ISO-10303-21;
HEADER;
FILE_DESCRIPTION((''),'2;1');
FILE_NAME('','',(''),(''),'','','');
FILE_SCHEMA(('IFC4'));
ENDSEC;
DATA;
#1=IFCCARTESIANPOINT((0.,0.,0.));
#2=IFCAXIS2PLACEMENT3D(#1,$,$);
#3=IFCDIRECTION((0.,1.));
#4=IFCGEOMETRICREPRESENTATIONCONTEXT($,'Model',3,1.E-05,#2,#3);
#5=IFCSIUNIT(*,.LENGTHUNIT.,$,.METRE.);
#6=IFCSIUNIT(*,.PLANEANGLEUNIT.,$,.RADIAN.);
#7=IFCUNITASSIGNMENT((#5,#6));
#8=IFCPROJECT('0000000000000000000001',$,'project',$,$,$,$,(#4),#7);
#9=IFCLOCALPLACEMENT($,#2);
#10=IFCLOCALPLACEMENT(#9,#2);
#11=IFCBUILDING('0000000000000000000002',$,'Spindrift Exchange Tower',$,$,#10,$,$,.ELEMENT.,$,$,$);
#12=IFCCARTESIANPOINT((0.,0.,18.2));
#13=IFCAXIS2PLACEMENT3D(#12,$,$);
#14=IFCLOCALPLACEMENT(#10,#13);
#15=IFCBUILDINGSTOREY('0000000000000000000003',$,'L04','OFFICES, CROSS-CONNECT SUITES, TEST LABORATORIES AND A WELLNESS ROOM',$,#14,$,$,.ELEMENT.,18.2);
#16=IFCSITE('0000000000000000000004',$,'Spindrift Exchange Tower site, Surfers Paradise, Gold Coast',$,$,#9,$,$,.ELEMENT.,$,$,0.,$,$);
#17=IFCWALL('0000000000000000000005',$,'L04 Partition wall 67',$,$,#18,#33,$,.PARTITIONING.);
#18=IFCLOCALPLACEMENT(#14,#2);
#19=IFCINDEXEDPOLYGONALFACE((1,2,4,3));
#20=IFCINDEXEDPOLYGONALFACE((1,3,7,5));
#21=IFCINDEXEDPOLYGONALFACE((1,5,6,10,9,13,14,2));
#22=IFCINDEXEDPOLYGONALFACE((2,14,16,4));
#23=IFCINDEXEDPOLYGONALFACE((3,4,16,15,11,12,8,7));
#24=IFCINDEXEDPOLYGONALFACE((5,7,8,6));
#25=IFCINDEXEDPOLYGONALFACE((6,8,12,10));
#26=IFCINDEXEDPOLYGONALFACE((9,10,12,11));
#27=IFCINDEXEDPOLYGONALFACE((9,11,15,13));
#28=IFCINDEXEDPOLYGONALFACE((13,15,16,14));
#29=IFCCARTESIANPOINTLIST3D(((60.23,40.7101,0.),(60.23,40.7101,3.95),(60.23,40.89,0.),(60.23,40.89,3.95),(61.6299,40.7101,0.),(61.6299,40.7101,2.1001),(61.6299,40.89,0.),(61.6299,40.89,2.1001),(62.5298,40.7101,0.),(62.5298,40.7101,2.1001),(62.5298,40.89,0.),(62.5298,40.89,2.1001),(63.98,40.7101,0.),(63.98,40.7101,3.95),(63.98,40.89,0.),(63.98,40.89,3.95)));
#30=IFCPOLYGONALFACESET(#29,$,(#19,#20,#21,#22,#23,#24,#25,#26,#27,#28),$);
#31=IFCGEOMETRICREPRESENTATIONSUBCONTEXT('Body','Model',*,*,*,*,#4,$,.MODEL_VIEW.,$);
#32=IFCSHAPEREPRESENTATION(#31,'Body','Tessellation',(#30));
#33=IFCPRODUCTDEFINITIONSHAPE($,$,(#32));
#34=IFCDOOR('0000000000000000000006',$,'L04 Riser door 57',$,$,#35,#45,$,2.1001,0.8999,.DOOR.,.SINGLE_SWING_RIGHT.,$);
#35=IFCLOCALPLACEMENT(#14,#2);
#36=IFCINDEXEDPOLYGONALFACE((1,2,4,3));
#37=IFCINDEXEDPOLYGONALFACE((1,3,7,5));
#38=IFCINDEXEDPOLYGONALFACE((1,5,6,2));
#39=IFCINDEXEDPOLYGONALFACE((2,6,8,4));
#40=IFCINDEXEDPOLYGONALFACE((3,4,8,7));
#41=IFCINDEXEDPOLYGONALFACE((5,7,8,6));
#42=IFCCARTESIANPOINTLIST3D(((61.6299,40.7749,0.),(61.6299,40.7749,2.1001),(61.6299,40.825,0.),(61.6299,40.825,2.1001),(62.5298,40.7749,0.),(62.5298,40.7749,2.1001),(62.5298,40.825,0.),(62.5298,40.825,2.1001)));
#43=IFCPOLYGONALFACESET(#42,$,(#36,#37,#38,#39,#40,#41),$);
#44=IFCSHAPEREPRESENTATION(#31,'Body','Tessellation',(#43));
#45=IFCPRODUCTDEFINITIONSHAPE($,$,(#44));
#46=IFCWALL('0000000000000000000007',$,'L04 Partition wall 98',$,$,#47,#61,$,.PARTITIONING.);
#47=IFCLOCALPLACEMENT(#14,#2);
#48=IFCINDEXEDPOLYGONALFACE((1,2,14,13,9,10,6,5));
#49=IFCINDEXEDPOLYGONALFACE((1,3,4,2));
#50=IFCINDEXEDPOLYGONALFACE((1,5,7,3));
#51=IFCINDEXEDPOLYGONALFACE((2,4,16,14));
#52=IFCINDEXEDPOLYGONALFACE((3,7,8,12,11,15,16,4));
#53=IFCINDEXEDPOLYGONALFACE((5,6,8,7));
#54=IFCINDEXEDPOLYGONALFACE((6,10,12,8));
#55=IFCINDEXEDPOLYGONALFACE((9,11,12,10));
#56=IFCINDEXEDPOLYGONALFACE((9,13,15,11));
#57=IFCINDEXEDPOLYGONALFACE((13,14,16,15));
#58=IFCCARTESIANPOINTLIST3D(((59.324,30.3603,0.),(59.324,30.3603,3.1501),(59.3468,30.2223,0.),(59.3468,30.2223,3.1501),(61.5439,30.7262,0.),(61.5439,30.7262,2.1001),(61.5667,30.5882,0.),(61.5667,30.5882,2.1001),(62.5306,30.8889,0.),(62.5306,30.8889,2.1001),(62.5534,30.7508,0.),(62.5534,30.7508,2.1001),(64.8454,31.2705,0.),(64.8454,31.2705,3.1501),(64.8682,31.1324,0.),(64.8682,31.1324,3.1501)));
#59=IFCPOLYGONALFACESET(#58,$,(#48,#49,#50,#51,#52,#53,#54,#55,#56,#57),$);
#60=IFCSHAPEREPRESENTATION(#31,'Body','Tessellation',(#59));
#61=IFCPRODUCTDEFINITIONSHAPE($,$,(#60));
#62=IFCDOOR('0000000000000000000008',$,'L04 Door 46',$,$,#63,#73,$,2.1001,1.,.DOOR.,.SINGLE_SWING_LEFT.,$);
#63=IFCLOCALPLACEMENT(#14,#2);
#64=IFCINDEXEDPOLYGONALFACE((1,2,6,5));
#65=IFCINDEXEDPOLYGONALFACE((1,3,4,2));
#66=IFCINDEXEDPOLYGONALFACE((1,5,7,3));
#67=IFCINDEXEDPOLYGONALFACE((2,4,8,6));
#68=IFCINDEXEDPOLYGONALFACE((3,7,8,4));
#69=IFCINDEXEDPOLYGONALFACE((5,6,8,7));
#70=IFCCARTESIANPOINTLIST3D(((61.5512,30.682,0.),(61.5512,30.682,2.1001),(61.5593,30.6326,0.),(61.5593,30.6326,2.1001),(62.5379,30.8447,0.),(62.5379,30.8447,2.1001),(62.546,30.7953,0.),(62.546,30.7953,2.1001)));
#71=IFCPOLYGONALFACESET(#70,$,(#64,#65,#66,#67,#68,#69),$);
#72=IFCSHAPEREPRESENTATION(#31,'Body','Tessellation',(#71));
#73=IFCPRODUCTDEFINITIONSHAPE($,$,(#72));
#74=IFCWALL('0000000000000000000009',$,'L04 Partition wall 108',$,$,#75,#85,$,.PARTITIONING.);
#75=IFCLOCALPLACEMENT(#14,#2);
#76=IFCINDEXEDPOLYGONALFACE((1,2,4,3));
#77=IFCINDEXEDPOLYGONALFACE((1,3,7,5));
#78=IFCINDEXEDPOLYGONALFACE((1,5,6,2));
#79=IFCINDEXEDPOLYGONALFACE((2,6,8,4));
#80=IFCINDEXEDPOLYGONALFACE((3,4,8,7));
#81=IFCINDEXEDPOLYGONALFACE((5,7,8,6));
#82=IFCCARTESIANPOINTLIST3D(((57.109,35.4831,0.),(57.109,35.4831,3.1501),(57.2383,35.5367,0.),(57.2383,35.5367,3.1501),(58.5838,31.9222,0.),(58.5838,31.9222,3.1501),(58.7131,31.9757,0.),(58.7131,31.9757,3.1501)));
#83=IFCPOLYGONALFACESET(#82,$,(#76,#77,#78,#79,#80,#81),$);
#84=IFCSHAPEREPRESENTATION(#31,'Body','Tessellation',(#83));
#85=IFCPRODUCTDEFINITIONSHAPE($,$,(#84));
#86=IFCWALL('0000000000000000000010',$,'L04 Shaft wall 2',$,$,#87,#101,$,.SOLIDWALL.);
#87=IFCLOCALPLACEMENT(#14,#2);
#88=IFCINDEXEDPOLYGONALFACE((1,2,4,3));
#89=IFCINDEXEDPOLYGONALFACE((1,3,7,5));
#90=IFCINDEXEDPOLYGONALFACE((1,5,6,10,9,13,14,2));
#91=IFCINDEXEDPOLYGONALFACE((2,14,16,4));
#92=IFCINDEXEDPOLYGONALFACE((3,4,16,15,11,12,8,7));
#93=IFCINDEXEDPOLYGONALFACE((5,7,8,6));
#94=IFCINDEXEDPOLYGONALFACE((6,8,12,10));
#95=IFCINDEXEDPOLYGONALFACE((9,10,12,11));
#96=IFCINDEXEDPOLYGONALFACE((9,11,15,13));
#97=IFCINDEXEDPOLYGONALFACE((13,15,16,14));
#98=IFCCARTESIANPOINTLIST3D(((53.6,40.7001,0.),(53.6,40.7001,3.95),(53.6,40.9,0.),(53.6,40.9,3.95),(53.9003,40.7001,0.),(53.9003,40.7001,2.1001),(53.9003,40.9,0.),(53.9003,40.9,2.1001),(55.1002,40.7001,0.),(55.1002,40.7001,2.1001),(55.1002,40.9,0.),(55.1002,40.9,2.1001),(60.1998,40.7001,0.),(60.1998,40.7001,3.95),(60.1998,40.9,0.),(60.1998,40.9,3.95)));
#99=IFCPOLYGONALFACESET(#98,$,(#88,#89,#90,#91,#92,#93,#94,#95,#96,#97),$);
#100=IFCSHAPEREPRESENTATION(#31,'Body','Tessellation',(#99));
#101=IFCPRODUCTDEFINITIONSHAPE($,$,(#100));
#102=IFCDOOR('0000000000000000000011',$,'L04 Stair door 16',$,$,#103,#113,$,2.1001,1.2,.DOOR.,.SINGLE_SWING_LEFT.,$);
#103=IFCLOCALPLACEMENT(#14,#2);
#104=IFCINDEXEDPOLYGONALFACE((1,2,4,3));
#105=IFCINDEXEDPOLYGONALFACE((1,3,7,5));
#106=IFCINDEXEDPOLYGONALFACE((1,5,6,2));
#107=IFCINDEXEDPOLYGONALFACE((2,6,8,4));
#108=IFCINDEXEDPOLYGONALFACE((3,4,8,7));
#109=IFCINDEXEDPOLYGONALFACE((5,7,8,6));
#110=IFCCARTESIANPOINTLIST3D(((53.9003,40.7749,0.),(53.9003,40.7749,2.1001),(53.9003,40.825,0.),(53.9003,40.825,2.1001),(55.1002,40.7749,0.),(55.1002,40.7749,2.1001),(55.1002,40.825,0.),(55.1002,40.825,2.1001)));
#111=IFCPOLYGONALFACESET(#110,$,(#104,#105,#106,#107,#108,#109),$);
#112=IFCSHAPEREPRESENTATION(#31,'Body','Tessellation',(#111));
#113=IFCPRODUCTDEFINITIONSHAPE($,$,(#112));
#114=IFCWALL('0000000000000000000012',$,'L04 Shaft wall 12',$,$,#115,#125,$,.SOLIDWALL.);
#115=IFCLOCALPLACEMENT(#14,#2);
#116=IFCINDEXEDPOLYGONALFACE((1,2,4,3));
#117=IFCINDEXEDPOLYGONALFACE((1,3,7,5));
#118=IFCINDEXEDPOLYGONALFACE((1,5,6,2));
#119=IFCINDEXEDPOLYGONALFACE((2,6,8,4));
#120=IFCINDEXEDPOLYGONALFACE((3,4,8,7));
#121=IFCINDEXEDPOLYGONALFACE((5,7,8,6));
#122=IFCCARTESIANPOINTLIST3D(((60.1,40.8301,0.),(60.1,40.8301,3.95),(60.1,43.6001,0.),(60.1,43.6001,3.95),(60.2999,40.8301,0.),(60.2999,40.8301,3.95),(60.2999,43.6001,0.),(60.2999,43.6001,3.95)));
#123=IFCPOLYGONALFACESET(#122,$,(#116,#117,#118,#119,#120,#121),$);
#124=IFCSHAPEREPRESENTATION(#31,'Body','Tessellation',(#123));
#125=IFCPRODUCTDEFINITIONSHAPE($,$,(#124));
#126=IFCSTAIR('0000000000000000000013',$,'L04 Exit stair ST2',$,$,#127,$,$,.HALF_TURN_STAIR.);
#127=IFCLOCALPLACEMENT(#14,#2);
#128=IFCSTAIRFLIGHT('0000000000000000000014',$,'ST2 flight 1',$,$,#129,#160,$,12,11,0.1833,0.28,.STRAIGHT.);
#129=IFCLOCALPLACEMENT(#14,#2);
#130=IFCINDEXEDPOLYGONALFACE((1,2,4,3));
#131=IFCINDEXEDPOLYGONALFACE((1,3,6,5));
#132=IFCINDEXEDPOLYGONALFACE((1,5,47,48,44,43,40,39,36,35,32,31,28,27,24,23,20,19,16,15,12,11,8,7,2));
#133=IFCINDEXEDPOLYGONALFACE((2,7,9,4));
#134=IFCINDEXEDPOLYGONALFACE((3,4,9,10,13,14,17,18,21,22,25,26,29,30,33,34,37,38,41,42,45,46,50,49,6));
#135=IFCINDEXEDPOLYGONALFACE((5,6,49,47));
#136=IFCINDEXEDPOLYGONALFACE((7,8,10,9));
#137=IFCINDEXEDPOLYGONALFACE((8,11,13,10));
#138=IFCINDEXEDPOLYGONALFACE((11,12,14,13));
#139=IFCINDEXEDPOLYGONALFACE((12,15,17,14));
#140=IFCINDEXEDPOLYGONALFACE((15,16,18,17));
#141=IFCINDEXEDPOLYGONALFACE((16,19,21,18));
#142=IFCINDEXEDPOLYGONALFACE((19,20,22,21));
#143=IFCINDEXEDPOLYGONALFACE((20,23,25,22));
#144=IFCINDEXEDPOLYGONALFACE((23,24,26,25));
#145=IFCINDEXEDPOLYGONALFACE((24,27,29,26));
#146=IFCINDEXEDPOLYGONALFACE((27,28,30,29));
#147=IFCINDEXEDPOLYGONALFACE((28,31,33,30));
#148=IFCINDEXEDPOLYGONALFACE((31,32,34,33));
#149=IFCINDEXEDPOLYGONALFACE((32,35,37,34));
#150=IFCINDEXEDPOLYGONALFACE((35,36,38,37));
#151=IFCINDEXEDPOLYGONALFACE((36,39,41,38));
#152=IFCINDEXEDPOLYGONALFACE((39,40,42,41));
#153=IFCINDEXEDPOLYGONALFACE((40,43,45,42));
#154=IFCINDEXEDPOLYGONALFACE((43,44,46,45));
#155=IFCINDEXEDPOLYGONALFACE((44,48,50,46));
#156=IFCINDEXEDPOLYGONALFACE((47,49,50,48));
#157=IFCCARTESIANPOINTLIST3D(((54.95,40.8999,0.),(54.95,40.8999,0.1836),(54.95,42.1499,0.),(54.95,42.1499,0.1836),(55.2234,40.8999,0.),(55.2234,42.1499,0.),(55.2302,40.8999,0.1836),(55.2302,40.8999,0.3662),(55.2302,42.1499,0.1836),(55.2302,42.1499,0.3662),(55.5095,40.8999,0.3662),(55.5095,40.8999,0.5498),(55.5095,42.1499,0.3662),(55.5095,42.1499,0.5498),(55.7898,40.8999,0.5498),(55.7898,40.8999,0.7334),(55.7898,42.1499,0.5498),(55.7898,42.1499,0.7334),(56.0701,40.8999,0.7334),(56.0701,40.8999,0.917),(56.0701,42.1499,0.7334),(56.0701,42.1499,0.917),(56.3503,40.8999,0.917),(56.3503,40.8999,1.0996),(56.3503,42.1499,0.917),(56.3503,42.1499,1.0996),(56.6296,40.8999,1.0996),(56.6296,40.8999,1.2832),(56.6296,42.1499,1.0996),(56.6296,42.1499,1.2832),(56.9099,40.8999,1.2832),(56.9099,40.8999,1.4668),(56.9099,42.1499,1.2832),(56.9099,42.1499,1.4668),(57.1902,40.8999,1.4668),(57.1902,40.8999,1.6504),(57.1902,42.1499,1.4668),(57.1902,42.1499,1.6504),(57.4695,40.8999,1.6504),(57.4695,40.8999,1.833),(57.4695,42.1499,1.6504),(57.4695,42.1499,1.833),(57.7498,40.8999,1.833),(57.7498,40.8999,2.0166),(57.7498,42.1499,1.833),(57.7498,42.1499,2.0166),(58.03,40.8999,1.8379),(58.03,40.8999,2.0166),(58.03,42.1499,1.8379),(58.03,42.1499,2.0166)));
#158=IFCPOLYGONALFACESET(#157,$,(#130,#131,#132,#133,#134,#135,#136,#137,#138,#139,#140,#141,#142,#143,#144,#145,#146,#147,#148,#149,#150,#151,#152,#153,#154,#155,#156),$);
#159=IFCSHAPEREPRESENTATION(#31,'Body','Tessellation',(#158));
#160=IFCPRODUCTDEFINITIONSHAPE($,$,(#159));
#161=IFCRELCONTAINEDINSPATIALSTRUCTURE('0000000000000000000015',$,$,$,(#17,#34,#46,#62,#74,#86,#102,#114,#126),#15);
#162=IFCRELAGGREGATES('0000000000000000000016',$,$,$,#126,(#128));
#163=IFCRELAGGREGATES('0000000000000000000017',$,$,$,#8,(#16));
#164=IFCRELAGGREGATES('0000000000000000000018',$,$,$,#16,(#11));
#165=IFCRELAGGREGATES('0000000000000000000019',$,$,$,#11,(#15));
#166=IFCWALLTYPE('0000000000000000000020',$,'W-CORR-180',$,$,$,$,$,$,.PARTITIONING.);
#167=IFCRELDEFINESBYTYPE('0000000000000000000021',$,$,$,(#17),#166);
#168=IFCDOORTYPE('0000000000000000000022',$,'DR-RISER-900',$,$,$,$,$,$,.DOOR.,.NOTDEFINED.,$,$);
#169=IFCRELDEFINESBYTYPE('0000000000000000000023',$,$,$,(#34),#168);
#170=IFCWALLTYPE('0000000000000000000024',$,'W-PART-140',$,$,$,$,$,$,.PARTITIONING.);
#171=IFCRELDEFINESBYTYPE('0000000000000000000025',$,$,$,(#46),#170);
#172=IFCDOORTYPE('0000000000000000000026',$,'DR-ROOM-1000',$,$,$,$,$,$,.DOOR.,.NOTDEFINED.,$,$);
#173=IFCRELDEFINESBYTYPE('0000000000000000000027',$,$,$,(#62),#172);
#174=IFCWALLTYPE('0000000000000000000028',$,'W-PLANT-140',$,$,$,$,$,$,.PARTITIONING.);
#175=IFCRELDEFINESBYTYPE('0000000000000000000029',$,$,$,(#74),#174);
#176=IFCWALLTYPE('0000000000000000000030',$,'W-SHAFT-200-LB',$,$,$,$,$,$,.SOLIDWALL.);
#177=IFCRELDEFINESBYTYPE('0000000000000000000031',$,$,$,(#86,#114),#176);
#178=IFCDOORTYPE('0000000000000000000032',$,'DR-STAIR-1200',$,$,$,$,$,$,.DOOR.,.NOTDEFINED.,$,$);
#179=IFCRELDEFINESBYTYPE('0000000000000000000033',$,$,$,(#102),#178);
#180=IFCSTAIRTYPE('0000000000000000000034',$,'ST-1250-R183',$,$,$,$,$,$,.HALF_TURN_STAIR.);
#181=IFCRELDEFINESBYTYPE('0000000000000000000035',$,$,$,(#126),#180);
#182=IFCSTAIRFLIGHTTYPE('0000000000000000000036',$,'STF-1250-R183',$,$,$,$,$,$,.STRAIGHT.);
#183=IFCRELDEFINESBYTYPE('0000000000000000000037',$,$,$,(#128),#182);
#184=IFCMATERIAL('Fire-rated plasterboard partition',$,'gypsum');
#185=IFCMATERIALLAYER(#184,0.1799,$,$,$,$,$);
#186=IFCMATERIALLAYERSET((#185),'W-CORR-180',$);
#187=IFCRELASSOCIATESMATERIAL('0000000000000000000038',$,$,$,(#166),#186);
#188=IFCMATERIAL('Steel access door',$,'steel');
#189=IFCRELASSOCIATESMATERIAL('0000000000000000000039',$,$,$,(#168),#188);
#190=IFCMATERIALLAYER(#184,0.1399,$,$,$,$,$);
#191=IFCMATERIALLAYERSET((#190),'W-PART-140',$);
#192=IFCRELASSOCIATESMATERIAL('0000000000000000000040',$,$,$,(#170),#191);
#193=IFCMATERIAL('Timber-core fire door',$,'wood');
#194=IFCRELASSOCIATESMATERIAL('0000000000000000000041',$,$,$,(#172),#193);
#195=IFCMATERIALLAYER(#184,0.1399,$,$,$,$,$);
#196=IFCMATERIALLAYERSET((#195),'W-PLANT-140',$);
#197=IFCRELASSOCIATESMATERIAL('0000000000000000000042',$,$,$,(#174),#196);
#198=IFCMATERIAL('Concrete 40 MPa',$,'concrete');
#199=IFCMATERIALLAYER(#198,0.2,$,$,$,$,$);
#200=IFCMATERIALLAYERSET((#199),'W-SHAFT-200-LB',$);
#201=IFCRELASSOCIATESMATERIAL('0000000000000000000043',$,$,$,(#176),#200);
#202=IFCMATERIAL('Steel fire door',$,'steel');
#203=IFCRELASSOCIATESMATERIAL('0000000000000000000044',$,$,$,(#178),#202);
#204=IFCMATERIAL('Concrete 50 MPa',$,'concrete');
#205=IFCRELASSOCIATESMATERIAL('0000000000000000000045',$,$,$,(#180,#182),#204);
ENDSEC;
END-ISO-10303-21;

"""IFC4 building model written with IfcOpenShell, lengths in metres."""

from ifc_helpers import new_model, si_unit, direction, frame, frame_2d, origin, place, context, subcontext, project, spatial, line, indexed_curve, rectangle, outline, extrude, source, transform, mapped, material, layer, layer_set, type_object, element, fill, aggregate, save


model = new_model("IFC4")

# Units and contexts
model_context = context("Model", 3, precision=1e-05, world=origin(), true_north=direction((0.0, 1.0)))
body_context = subcontext(model_context, "Body", "Model", "MODEL_VIEW")
ifc_project = project(units=[si_unit("LENGTHUNIT", "METRE"), si_unit("PLANEANGLEUNIT", "RADIAN")], contexts=[model_context])

# Site, building, storey
site_placement = place(None, origin())
site = spatial("IfcSite", under=ifc_project, at=site_placement, Name="Spindrift Exchange Tower site, Surfers Paradise, Gold Coast", CompositionType="ELEMENT", RefElevation=0.0)
building_placement = place(site_placement, origin())
building = spatial("IfcBuilding", under=site, at=building_placement, Name="Spindrift Exchange Tower", CompositionType="ELEMENT")
storey_placement = place(building_placement, frame((0.0, 0.0, 18.2)))
storey = spatial("IfcBuildingStorey", under=building, at=storey_placement, Name="L04", Description="OFFICES, CROSS-CONNECT SUITES, TEST LABORATORIES AND A WELLNESS ROOM", CompositionType="ELEMENT", Elevation=18.2)

# Walls, openings, doors
ifc_material_1 = material(Name="Timber-core fire door", Category="wood")
ifc_material_2 = material(Name="Fire-rated plasterboard partition", Category="gypsum")
ifc_layer_1 = layer(ifc_material_2, 0.1799)
ifc_layer_set_1 = layer_set([ifc_layer_1], Name="W-CORR-180")
wall_type_1 = type_object("IfcWallType", Name="W-CORR-180", PredefinedType="PARTITIONING", material=ifc_layer_set_1)
wall_1_placement = place(storey_placement, frame((60.23, 40.8, 0.0), z_axis=(0.0, 0.0, 1.0), x_axis=(1.0, 0.0, 0.0)))
wall_1 = element("IfcWall", 1, at=wall_1_placement, inside=storey, type_object=wall_type_1, Name="L04 Partition wall 67", PredefinedType="PARTITIONING", context=body_context, shape_type="SweptSolid", body=[
    extrude(rectangle(XDim=3.75, YDim=0.1799, at=frame_2d((1.875, 0.0))), origin(), (0.0, 0.0, 1.0), 3.95),
])
opening_1_placement = place(wall_1_placement, frame((1.3999, 0.0, 0.0)))
opening_1 = element("IfcOpeningElement", 2, at=opening_1_placement, cuts=wall_1, PredefinedType="OPENING", context=body_context, shape_type="SweptSolid", body=[
    extrude(rectangle(XDim=0.8999, YDim=2.1001, at=frame_2d((0.45, 1.05))), frame((0.0, 0.0999, 0.0), z_axis=(0.0, -1.0, 0.0), x_axis=(1.0, 0.0, 0.0)), (0.0, 0.0, 1.0), 0.2),
])
ifc_material_3 = material(Name="Steel access door", Category="steel")
door_type_1 = type_object("IfcDoorType", Name="DR-RISER-900", OperationType="NOTDEFINED", PredefinedType="DOOR", material=ifc_material_3)
shared_shape_1 = source(origin(), body_context, "Body", "SweptSolid", [
    extrude(rectangle(XDim=0.8999, YDim=2.1001, at=frame_2d((0.45, 1.05))), frame((0.0, 0.0249, 0.0), z_axis=(0.0, -1.0, 0.0), x_axis=(1.0, 0.0, 0.0)), (0.0, 0.0, 1.0), 0.05),
])
door_1_placement = place(opening_1_placement, origin())
door_1 = element("IfcDoor", 3, at=door_1_placement, inside=storey, type_object=door_type_1, Name="L04 Riser door 57", OperationType="SINGLE_SWING_RIGHT", OverallHeight=2.1001, OverallWidth=0.8999, PredefinedType="DOOR", context=body_context, shape_type="MappedRepresentation", body=[
    mapped(shared_shape_1, transform((0.0, 0.0, 0.0), scale=1.0)),
])
fill(opening_1, door_1)
ifc_layer_2 = layer(ifc_material_2, 0.1399)
ifc_layer_set_2 = layer_set([ifc_layer_2], Name="W-PART-140")
wall_type_2 = type_object("IfcWallType", Name="W-PART-140", PredefinedType="PARTITIONING", material=ifc_layer_set_2)
wall_2_placement = place(storey_placement, frame((64.8567, 31.2014, 0.0), z_axis=(0.0, 0.0, 1.0), x_axis=(-0.986685, -0.162644, 0.0)))
wall_2 = element("IfcWall", 4, at=wall_2_placement, inside=storey, type_object=wall_type_2, Name="L04 Partition wall 98", PredefinedType="PARTITIONING", context=body_context, shape_type="SweptSolid", body=[
    extrude(rectangle(XDim=5.5959, YDim=0.1399, at=frame_2d((2.7979, 0.0))), origin(), (0.0, 0.0, 1.0), 3.1501),
])
opening_2_placement = place(wall_2_placement, frame((2.3459, 0.0, 0.0)))
opening_2 = element("IfcOpeningElement", 5, at=opening_2_placement, cuts=wall_2, PredefinedType="OPENING", context=body_context, shape_type="SweptSolid", body=[
    extrude(rectangle(XDim=1.0, YDim=2.1001, at=frame_2d((0.5, 1.05))), frame((0.0, 0.0798, 0.0), z_axis=(0.0, -1.0, 0.0), x_axis=(1.0, 0.0, 0.0)), (0.0, 0.0, 1.0), 0.1599),
])
door_type_2 = type_object("IfcDoorType", Name="DR-ROOM-1000", OperationType="NOTDEFINED", PredefinedType="DOOR", material=ifc_material_1)
shared_shape_2 = source(origin(), body_context, "Body", "SweptSolid", [
    extrude(rectangle(XDim=1.0, YDim=2.1001, at=frame_2d((0.5, 1.05))), frame((0.0, 0.0249, 0.0), z_axis=(0.0, -1.0, 0.0), x_axis=(1.0, 0.0, 0.0)), (0.0, 0.0, 1.0), 0.05),
])
door_2_placement = place(opening_2_placement, origin())
door_2 = element("IfcDoor", 6, at=door_2_placement, inside=storey, type_object=door_type_2, Name="L04 Door 46", OperationType="SINGLE_SWING_LEFT", OverallHeight=2.1001, OverallWidth=1.0, PredefinedType="DOOR", context=body_context, shape_type="MappedRepresentation", body=[
    mapped(shared_shape_2, transform((0.0, 0.0, 0.0), scale=1.0)),
])
fill(opening_2, door_2)

# Wall
ifc_layer_3 = layer(ifc_material_2, 0.1399)
ifc_layer_set_3 = layer_set([ifc_layer_3], Name="W-PLANT-140")
wall_type_3 = type_object("IfcWallType", Name="W-PLANT-140", PredefinedType="PARTITIONING", material=ifc_layer_set_3)
wall_3_placement = place(storey_placement, frame((57.1736, 35.51, 0.0), z_axis=(0.0, 0.0, 1.0), x_axis=(0.382645, -0.923896, 0.0)))
element("IfcWall", 7, at=wall_3_placement, inside=storey, type_object=wall_type_3, Name="L04 Partition wall 108", PredefinedType="PARTITIONING", context=body_context, shape_type="SweptSolid", body=[
    extrude(rectangle(XDim=3.8542, YDim=0.1399, at=frame_2d((1.9272, 0.0))), origin(), (0.0, 0.0, 1.0), 3.1501),
])

# Wall, opening, door
ifc_material_4 = material(Name="Concrete 40 MPa", Category="concrete")
ifc_layer_4 = layer(ifc_material_4, 0.2)
ifc_layer_set_4 = layer_set([ifc_layer_4], Name="W-SHAFT-200-LB")
wall_type_4 = type_object("IfcWallType", Name="W-SHAFT-200-LB", PredefinedType="SOLIDWALL", material=ifc_layer_set_4)
wall_4_placement = place(storey_placement, frame((53.6001, 40.8, 0.0), z_axis=(0.0, 0.0, 1.0), x_axis=(1.0, 0.0, 0.0)))
wall_4 = element("IfcWall", 8, at=wall_4_placement, inside=storey, type_object=wall_type_4, Name="L04 Shaft wall 2", PredefinedType="SOLIDWALL", context=body_context, shape_type="SweptSolid", body=[
    extrude(rectangle(XDim=6.5999, YDim=0.2, at=frame_2d((3.2998, 0.0))), origin(), (0.0, 0.0, 1.0), 3.95),
])
opening_3_placement = place(wall_4_placement, frame((0.3, 0.0, 0.0)))
opening_3 = element("IfcOpeningElement", 9, at=opening_3_placement, cuts=wall_4, PredefinedType="OPENING", context=body_context, shape_type="SweptSolid", body=[
    extrude(rectangle(XDim=1.2, YDim=2.1001, at=frame_2d((0.6001, 1.05))), frame((0.0, 0.1099, 0.0), z_axis=(0.0, -1.0, 0.0), x_axis=(1.0, 0.0, 0.0)), (0.0, 0.0, 1.0), 0.22),
])
ifc_material_5 = material(Name="Steel fire door", Category="steel")
door_type_3 = type_object("IfcDoorType", Name="DR-STAIR-1200", OperationType="NOTDEFINED", PredefinedType="DOOR", material=ifc_material_5)
shared_shape_3 = source(origin(), body_context, "Body", "SweptSolid", [
    extrude(rectangle(XDim=1.2, YDim=2.1001, at=frame_2d((0.6001, 1.05))), frame((0.0, 0.0249, 0.0), z_axis=(0.0, -1.0, 0.0), x_axis=(1.0, 0.0, 0.0)), (0.0, 0.0, 1.0), 0.05),
])
door_3_placement = place(opening_3_placement, origin())
door_3 = element("IfcDoor", 10, at=door_3_placement, inside=storey, type_object=door_type_3, Name="L04 Stair door 16", OperationType="SINGLE_SWING_LEFT", OverallHeight=2.1001, OverallWidth=1.2, PredefinedType="DOOR", context=body_context, shape_type="MappedRepresentation", body=[
    mapped(shared_shape_3, transform((0.0, 0.0, 0.0), scale=1.0)),
])
fill(opening_3, door_3)

# Wall
wall_5_placement = place(storey_placement, frame((60.2, 40.8301, 0.0), z_axis=(0.0, 0.0, 1.0), x_axis=(0.0, 1.0, 0.0)))
element("IfcWall", 11, at=wall_5_placement, inside=storey, type_object=wall_type_4, Name="L04 Shaft wall 12", PredefinedType="SOLIDWALL", context=body_context, shape_type="SweptSolid", body=[
    extrude(rectangle(XDim=2.77, YDim=0.2, at=frame_2d((1.385, 0.0))), origin(), (0.0, 0.0, 1.0), 3.95),
])

# Stair, stair flight
ifc_material_6 = material(Name="Concrete 50 MPa", Category="concrete")
stair_type = type_object("IfcStairType", Name="ST-1250-R183", PredefinedType="HALF_TURN_STAIR", material=ifc_material_6)
stair_placement = place(storey_placement, origin())
stair = element("IfcStair", 12, at=stair_placement, inside=storey, type_object=stair_type, Name="L04 Exit stair ST2", PredefinedType="HALF_TURN_STAIR")
stair_flight_type = type_object("IfcStairFlightType", Name="STF-1250-R183", PredefinedType="STRAIGHT", material=ifc_material_6)
stair_flight_placement = place(storey_placement, frame((54.95, 41.5249, 0.0), z_axis=(0.0, 0.0, 1.0), x_axis=(1.0, 0.0, 0.0)))
stair_flight = element("IfcStairFlight", 13, at=stair_flight_placement, type_object=stair_flight_type, Name="ST2 flight 1", NumberOfRisers=12, NumberOfTreads=11, PredefinedType="STRAIGHT", RiserHeight=0.1833, TreadLength=0.28, context=body_context, shape_type="SweptSolid", body=[
    extrude(outline(indexed_curve([(0.0, 0.0), (0.0, 0.1836), (0.2803, 0.1836), (0.2803, 0.3662), (0.5596, 0.3662), (0.5596, 0.5498), (0.8398, 0.5498), (0.8398, 0.7334), (1.1201, 0.7334), (1.1201, 0.917), (1.4004, 0.917), (1.4004, 1.0996), (1.6797, 1.0996), (1.6797, 1.2832), (1.96, 1.2832), (1.96, 1.4668), (2.2402, 1.4668), (2.2402, 1.6504), (2.5195, 1.6504), (2.5195, 1.833), (2.7998, 1.833), (2.7998, 2.0166), (3.0801, 2.0166), (3.0801, 2.2002), (3.0801, 1.8379), (0.2734, 0.0)], segments=[line(1, 2, 3, 4, 5, 6, 7, 8, 9, 10, 11, 12, 13, 14, 15, 16, 17, 18, 19, 20, 21, 22, 23, 24, 25, 26, 1)], self_intersect=False)), frame((0.0, 0.625, 0.0), z_axis=(0.0, -1.0, 0.0), x_axis=(1.0, 0.0, 0.0)), (0.0, 0.0, 1.0), 1.25),
])
aggregate(stair, [stair_flight])

save(model, "model.ifc")
